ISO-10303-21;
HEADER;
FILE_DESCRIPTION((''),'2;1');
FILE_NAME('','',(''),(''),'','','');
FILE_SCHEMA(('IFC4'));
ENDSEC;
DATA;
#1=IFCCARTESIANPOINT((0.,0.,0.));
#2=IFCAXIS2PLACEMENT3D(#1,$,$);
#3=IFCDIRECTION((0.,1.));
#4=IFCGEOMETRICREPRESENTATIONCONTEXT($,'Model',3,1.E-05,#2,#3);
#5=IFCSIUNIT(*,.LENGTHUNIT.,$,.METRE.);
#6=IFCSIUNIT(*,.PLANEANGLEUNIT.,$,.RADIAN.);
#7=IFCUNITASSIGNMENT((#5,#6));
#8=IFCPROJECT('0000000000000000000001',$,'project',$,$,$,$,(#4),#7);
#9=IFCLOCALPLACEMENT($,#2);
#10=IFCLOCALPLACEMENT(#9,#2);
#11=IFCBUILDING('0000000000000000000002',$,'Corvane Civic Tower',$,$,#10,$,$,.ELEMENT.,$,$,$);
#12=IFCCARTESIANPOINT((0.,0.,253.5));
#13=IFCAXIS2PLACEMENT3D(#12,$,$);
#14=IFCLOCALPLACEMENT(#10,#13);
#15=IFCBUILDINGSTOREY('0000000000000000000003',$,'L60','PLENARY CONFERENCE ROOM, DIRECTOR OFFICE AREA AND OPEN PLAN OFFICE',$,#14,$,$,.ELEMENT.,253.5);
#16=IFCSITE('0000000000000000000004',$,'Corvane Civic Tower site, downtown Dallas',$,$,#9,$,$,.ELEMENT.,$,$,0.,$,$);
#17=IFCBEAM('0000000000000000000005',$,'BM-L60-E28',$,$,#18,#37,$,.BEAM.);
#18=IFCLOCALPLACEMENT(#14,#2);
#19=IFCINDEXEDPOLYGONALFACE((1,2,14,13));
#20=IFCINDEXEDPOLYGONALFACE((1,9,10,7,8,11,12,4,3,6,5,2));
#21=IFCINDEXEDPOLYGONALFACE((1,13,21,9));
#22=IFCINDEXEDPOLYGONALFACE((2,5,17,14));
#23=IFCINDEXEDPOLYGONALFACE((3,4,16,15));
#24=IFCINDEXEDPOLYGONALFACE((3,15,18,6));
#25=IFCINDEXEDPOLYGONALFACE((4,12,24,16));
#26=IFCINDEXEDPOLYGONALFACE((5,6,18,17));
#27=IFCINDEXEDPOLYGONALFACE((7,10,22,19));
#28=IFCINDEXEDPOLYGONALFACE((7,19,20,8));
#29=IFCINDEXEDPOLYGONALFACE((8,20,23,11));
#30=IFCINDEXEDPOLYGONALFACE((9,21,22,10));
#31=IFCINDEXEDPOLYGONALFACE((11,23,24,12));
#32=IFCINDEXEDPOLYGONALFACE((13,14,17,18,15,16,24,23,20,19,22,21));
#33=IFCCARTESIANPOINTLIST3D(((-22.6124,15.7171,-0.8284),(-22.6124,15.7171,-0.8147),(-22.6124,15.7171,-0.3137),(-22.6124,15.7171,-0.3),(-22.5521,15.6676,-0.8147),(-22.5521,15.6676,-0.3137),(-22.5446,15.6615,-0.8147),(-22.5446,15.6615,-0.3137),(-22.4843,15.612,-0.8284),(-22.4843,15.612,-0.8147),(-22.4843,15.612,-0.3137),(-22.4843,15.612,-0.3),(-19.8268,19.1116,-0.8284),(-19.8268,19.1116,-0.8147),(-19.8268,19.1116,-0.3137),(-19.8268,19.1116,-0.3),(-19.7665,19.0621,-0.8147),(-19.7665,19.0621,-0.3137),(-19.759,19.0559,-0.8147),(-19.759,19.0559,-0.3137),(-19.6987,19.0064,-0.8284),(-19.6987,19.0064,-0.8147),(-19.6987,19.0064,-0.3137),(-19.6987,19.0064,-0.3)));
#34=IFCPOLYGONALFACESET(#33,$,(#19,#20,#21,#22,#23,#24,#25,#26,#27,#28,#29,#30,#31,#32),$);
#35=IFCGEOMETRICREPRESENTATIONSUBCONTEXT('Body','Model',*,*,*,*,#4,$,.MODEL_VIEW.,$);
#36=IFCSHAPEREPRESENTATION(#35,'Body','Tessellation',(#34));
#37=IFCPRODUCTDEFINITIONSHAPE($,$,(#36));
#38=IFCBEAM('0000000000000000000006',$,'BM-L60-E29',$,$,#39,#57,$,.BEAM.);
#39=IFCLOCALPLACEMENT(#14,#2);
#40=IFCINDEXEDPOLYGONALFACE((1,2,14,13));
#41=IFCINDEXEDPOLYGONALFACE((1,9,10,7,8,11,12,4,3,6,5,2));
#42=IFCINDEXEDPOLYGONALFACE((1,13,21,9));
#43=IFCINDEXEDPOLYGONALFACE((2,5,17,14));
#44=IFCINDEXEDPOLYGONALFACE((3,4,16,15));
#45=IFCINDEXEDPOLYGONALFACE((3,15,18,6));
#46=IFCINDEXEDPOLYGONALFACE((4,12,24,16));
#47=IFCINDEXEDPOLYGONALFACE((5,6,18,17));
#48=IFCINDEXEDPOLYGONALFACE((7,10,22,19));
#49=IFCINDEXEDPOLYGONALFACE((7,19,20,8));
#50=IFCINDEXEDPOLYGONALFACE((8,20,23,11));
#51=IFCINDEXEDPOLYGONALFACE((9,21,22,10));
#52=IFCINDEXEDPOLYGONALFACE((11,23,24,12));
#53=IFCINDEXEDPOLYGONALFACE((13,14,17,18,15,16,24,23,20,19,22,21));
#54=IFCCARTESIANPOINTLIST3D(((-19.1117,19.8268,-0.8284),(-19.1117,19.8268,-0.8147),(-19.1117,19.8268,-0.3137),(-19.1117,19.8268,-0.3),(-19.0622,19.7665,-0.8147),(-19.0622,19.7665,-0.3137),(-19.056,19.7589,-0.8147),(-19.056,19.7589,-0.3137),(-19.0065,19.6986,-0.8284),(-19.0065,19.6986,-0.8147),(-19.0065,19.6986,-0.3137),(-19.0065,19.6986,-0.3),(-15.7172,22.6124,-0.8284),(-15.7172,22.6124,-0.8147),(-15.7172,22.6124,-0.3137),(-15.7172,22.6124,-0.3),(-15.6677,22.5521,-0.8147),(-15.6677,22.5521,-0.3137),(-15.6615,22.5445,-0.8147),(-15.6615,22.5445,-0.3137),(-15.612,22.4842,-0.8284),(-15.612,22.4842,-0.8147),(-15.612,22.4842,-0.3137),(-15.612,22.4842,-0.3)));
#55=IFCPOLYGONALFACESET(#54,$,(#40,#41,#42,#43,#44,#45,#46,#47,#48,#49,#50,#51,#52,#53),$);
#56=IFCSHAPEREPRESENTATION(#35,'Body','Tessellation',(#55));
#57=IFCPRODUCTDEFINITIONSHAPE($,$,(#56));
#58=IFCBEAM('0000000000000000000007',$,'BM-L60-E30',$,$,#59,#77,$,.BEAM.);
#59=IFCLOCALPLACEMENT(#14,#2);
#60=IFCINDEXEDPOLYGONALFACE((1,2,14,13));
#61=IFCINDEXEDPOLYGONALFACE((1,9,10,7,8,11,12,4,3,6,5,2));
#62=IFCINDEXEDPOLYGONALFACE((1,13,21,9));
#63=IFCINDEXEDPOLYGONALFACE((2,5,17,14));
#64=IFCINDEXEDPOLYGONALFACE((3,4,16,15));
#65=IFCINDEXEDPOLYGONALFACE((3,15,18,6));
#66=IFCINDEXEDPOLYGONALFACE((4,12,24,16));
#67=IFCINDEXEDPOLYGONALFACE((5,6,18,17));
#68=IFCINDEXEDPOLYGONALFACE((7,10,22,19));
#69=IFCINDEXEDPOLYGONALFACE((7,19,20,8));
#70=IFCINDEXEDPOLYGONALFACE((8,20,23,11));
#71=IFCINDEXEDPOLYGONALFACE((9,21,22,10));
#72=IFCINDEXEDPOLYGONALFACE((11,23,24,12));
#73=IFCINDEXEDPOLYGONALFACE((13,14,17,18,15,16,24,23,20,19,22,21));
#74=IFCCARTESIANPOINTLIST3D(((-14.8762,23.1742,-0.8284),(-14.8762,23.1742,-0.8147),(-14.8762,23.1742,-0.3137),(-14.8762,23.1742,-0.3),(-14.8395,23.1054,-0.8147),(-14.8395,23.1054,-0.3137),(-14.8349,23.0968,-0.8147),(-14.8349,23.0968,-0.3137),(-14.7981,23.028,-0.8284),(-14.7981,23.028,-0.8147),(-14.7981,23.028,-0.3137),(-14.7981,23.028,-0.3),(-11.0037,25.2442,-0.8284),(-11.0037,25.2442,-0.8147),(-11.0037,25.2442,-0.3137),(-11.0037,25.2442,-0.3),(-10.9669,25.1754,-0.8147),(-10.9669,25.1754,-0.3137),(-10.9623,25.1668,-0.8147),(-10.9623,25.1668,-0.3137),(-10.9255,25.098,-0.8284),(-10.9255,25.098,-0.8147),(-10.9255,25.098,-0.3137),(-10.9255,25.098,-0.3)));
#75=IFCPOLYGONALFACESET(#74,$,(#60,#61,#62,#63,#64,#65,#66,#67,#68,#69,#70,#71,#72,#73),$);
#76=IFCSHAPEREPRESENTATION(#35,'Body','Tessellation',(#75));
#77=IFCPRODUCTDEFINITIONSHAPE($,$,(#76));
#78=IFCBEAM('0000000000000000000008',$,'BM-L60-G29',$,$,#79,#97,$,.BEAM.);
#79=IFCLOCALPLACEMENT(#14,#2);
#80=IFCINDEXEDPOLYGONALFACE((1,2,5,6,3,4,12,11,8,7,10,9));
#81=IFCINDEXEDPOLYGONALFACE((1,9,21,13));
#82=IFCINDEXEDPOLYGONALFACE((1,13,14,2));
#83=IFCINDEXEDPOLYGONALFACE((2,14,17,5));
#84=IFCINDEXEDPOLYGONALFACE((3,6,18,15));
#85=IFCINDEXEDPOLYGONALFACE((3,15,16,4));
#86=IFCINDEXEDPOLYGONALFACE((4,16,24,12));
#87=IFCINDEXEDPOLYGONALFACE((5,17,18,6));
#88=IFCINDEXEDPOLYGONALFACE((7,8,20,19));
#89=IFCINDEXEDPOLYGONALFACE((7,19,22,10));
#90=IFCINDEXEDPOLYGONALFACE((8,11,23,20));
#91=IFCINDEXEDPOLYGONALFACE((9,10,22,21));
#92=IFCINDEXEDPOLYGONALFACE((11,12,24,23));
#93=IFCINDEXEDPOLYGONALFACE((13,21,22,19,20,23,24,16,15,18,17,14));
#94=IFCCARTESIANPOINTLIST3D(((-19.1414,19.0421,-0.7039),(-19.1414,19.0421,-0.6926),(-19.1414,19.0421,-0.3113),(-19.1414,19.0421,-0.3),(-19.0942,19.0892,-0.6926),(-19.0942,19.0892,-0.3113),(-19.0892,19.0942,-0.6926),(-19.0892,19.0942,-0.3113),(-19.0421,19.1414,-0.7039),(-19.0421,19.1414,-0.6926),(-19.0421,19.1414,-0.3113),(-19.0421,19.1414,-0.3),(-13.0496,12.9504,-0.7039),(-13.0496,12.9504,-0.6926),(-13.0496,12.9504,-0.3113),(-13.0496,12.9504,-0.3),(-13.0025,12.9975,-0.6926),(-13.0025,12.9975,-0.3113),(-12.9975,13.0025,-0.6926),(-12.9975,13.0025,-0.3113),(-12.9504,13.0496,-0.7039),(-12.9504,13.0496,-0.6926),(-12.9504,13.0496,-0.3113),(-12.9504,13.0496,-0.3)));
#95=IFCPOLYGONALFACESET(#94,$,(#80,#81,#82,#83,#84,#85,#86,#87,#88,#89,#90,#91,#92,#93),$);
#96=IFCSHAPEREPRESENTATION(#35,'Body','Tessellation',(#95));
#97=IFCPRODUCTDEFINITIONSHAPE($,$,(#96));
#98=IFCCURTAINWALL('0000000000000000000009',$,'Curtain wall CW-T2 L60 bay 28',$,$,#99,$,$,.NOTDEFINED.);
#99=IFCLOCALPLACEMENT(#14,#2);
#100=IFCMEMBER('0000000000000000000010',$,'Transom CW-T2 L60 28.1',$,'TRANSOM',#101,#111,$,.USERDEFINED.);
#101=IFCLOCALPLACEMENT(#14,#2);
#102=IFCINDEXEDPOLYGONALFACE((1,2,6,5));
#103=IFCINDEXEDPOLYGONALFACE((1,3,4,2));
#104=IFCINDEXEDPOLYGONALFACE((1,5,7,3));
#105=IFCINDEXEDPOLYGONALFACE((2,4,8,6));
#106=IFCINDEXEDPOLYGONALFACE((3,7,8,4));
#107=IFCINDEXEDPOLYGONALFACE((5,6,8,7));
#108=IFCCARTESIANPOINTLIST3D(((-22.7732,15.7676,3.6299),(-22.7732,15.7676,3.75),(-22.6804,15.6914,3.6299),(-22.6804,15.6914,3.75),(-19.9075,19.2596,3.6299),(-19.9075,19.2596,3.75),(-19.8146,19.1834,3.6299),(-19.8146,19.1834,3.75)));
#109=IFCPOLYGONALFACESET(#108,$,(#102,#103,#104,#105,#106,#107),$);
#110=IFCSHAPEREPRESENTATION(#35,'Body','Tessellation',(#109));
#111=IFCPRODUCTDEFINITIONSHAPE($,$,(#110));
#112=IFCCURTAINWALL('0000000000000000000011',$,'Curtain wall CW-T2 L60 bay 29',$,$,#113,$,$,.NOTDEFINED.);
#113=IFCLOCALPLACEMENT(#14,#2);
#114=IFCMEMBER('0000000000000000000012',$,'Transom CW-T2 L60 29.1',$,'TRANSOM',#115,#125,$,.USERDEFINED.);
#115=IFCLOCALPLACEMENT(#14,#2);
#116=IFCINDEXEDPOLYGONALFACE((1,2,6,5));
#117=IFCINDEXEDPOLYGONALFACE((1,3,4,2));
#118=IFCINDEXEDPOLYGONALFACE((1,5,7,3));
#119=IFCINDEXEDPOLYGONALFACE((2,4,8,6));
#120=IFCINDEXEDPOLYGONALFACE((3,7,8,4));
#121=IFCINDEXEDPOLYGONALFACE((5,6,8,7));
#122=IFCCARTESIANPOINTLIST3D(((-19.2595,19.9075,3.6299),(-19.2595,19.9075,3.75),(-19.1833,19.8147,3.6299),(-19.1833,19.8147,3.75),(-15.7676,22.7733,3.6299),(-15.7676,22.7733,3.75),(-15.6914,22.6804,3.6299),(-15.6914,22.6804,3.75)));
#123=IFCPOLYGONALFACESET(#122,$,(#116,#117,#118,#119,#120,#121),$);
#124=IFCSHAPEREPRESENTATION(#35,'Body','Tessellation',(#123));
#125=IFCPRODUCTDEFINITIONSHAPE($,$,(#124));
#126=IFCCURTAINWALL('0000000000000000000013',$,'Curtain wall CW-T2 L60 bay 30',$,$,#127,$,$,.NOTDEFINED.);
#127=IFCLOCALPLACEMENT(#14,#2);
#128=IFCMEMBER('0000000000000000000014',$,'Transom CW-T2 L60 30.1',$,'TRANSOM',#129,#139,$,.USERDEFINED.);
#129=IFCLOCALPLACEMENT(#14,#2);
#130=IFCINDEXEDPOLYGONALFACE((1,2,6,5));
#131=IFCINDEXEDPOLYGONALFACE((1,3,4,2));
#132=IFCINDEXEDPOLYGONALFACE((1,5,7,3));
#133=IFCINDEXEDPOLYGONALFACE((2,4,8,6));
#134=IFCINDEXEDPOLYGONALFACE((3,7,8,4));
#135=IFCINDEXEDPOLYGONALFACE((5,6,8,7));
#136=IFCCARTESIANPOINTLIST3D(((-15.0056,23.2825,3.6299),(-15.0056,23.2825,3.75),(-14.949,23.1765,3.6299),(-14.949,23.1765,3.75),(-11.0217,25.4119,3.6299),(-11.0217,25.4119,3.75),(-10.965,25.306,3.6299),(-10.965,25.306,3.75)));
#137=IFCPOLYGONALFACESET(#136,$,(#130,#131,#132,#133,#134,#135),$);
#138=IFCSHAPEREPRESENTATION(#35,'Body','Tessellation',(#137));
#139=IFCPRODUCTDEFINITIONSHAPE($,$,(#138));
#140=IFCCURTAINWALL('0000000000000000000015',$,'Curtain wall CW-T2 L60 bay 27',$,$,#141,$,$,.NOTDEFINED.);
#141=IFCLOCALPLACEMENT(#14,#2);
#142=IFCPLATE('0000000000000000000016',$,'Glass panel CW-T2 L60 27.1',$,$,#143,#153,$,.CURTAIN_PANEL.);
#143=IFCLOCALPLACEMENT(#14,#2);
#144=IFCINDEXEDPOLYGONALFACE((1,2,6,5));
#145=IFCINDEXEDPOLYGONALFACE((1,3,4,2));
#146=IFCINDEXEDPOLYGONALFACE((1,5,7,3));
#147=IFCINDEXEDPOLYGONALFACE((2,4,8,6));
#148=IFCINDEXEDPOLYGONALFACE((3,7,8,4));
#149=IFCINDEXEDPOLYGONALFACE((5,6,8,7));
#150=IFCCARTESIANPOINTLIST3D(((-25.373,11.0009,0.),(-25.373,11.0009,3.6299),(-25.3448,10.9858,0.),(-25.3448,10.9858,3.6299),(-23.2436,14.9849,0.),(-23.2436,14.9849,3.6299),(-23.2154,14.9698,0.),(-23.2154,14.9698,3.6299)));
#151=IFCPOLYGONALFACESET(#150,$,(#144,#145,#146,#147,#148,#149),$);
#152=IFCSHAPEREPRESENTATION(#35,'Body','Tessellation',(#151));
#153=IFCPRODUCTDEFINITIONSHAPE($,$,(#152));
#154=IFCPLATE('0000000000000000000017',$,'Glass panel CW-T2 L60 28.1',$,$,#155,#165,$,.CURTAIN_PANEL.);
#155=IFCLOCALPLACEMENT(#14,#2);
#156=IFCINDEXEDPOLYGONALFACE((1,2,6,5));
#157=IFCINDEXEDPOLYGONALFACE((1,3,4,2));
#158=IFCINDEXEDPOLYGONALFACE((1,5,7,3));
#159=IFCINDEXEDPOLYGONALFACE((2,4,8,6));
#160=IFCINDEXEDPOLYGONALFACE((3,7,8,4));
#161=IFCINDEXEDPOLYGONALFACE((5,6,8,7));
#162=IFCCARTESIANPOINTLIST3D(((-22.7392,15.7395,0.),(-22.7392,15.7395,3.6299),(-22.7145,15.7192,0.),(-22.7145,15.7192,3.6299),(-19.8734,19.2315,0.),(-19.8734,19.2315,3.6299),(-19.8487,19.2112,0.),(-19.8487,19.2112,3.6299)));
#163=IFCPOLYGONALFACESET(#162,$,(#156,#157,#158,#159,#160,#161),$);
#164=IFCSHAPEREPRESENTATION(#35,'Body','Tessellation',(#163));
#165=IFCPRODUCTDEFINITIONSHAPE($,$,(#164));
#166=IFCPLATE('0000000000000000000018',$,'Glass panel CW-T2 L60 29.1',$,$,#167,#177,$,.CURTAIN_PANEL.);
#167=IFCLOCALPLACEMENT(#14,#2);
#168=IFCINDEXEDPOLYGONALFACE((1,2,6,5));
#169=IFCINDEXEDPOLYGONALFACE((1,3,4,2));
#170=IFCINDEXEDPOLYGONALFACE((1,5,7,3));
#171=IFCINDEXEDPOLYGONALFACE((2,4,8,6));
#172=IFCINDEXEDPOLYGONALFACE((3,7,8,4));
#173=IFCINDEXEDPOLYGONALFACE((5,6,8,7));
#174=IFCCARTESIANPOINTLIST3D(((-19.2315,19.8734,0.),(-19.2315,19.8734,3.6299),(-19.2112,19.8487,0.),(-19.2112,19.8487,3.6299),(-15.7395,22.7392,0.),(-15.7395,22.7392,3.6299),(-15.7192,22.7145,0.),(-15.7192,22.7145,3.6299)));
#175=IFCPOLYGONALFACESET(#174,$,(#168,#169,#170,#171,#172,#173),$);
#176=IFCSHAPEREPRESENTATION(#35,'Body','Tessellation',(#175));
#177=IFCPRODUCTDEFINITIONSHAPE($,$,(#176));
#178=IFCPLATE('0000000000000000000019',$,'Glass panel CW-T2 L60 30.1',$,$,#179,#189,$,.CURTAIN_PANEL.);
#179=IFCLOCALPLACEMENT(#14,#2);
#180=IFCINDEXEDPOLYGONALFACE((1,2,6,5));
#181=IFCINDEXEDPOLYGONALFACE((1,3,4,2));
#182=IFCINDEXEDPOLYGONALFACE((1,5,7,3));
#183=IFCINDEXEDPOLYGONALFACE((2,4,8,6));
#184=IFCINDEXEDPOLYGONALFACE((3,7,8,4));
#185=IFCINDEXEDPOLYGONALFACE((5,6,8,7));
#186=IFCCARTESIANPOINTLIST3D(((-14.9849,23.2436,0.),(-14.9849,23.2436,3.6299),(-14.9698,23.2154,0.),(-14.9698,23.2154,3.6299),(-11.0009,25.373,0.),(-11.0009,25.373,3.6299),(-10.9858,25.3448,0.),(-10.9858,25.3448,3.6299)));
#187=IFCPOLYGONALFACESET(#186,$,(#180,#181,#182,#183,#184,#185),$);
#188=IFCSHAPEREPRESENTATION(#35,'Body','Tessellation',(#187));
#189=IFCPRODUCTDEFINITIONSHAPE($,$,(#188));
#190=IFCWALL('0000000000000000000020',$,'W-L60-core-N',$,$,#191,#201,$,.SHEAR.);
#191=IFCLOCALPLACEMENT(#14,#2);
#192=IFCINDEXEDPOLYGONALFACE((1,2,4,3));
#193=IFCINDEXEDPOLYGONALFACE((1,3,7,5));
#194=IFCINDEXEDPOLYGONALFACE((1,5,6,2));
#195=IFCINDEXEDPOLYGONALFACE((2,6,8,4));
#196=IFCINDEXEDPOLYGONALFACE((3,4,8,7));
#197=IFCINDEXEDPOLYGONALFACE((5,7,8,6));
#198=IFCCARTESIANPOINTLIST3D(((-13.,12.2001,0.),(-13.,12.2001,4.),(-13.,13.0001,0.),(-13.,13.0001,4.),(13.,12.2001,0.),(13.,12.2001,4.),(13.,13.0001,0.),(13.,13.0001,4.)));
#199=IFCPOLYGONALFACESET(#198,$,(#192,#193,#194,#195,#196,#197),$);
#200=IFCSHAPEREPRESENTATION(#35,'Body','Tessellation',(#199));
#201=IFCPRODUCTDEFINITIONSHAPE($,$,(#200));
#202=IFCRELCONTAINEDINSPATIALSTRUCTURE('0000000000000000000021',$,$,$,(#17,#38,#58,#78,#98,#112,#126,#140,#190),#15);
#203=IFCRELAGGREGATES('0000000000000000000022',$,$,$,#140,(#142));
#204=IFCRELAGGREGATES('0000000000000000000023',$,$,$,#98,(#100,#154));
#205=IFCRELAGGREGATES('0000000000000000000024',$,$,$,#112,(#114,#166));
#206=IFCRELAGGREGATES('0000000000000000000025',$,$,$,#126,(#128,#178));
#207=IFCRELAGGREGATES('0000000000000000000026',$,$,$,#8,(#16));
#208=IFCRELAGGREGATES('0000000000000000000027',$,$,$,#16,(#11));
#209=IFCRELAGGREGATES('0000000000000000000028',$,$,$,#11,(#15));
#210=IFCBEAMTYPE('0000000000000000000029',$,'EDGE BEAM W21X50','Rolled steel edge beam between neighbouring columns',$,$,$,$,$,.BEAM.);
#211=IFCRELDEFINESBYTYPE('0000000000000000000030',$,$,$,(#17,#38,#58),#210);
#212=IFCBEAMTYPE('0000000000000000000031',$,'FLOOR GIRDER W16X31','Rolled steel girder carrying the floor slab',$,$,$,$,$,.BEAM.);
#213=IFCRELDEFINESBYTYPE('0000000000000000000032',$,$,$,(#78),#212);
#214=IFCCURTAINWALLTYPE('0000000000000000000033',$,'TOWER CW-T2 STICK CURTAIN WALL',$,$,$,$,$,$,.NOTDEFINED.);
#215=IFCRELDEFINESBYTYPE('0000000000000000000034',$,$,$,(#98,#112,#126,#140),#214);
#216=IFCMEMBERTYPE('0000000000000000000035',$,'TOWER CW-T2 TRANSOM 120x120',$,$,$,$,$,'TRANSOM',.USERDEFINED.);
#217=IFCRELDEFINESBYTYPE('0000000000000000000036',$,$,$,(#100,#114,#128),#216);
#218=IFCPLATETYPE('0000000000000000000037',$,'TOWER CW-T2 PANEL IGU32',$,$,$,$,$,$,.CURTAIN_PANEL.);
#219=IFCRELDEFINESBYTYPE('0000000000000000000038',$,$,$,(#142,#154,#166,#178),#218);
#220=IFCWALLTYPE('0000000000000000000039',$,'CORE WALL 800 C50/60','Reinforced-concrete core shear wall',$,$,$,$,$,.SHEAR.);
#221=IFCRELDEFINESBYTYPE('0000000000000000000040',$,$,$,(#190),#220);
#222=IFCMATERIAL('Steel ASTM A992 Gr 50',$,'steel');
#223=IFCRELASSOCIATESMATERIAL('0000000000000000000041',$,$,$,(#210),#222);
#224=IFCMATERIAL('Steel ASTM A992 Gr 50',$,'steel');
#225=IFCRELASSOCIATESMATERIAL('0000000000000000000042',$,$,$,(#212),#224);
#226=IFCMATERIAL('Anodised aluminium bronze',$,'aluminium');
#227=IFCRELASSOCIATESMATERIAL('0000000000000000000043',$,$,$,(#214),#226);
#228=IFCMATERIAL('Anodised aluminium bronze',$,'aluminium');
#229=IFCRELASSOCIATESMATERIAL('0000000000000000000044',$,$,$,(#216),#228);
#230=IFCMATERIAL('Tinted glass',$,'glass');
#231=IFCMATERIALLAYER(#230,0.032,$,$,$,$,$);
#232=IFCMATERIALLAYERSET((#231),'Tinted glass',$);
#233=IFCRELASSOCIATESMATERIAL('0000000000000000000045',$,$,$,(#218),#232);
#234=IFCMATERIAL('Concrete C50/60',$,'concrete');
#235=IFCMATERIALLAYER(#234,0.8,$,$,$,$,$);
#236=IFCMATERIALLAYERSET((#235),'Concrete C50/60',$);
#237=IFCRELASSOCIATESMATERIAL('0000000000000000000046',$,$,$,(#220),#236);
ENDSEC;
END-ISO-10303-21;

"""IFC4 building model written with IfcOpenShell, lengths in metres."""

from ifc_helpers import new_model, si_unit, direction, frame, frame_2d, origin, origin_2d, place, context, subcontext, project, spatial, rectangle, i_section, extrude, material, layer, layer_set, material_profile, profile_set, type_object, element, aggregate, save


model = new_model("IFC4")

# Units and contexts
model_context = context("Model", 3, precision=1e-05, world=origin(), true_north=direction((0.0, 1.0)))
body_context = subcontext(model_context, "Body", "Model", "MODEL_VIEW")
ifc_project = project(units=[si_unit("LENGTHUNIT", "METRE"), si_unit("PLANEANGLEUNIT", "RADIAN")], contexts=[model_context])

# Site, building, storey
site_placement = place(None, origin())
site = spatial("IfcSite", under=ifc_project, at=site_placement, Name="Corvane Civic Tower site, downtown Dallas", CompositionType="ELEMENT", RefElevation=0.0)
building_placement = place(site_placement, origin())
building = spatial("IfcBuilding", under=site, at=building_placement, Name="Corvane Civic Tower", CompositionType="ELEMENT")
storey_placement = place(building_placement, frame((0.0, 0.0, 253.5)))
storey = spatial("IfcBuildingStorey", under=building, at=storey_placement, Name="L60", Description="PLENARY CONFERENCE ROOM, DIRECTOR OFFICE AREA AND OPEN PLAN OFFICE", CompositionType="ELEMENT", Elevation=253.5)

# Beams
ifc_material_1 = material(Name="Steel ASTM A992 Gr 50", Category="steel")
ifc_material_profile_1 = material_profile(ifc_material_1, i_section(OverallWidth=0.1658, OverallDepth=0.5283, WebThickness=0.0098, FlangeThickness=0.0137, at=origin_2d()), Name="W21X50")
ifc_profile_set_1 = profile_set([ifc_material_profile_1], Name="Steel ASTM A992 Gr 50")
beam_type_1 = type_object("IfcBeamType", Name="EDGE BEAM W21X50", Description="Rolled steel edge beam between neighbouring columns", PredefinedType="BEAM", material=ifc_profile_set_1)
for number, where, z_axis, x_axis, name in (
    (1, (-22.5483, 15.6646, -0.5642), (0.634369, 0.77303, 0.0), (-0.77303, 0.634369, 0.0), "BM-L60-E28"),
    (2, (-19.0591, 19.7627, -0.5642), (0.77303, 0.634369, 0.0), (-0.634369, 0.77303, 0.0), "BM-L60-E29"),
    (3, (-14.8372, 23.1011, -0.5642), (0.881908, 0.471422, 0.0), (-0.471422, 0.881908, 0.0), "BM-L60-E30"),
):
    element("IfcBeam", number, at=place(storey_placement, frame(where, z_axis=z_axis, x_axis=x_axis)), inside=storey, type_object=beam_type_1, Name=name, PredefinedType="BEAM", context=body_context, shape_type="SweptSolid", body=[
        extrude(i_section(OverallWidth=0.1658, OverallDepth=0.5283, WebThickness=0.0098, FlangeThickness=0.0137, at=origin_2d()), origin(), (0.0, 0.0, 1.0), 4.3911),
    ])
ifc_material_2 = material(Name="Steel ASTM A992 Gr 50", Category="steel")
ifc_material_profile_2 = material_profile(ifc_material_2, i_section(OverallWidth=0.1404, OverallDepth=0.4038, WebThickness=0.0071, FlangeThickness=0.0112, at=origin_2d()), Name="W16X31")
ifc_profile_set_2 = profile_set([ifc_material_profile_2], Name="Steel ASTM A992 Gr 50")
beam_type_2 = type_object("IfcBeamType", Name="FLOOR GIRDER W16X31", Description="Rolled steel girder carrying the floor slab", PredefinedType="BEAM", material=ifc_profile_set_2)
beam_placement = place(storey_placement, frame((-13.0, 13.0, -0.502), z_axis=(-0.707107, 0.707107, 0.0), x_axis=(-0.707107, -0.707107, 0.0)))
element("IfcBeam", 4, at=beam_placement, inside=storey, type_object=beam_type_2, Name="BM-L60-G29", PredefinedType="BEAM", context=body_context, shape_type="SweptSolid", body=[
    extrude(i_section(OverallWidth=0.1404, OverallDepth=0.4038, WebThickness=0.0071, FlangeThickness=0.0112, at=origin_2d()), origin(), (0.0, 0.0, 1.0), 8.615),
])

# Curtain walls, members
ifc_material_3 = material(Name="Anodised aluminium bronze", Category="aluminium")
curtain_wall_type = type_object("IfcCurtainWallType", Name="TOWER CW-T2 STICK CURTAIN WALL", PredefinedType="NOTDEFINED", material=ifc_material_3)
curtain_wall_1_placement = place(storey_placement, origin())
curtain_wall_1 = element("IfcCurtainWall", 5, at=curtain_wall_1_placement, inside=storey, type_object=curtain_wall_type, Name="Curtain wall CW-T2 L60 bay 28", PredefinedType="NOTDEFINED")
ifc_material_4 = material(Name="Anodised aluminium bronze", Category="aluminium")
ifc_material_profile_3 = material_profile(ifc_material_4, rectangle(XDim=0.1201, YDim=0.1201, at=origin_2d()), Name="TOWER CW-T2 TRANSOM 120x120")
ifc_profile_set_3 = profile_set([ifc_material_profile_3], Name="Anodised aluminium bronze")
member_type = type_object("IfcMemberType", Name="TOWER CW-T2 TRANSOM 120x120", ElementType="TRANSOM", PredefinedType="USERDEFINED", material=ifc_profile_set_3)
member_1_placement = place(storey_placement, frame((-22.7268, 15.7295, 3.6899), z_axis=(0.634388, 0.773015, 0.0), x_axis=(-0.773015, 0.634388, 0.0)))
member_1 = element("IfcMember", 6, at=member_1_placement, type_object=member_type, Name="Transom CW-T2 L60 28.1", ObjectType="TRANSOM", PredefinedType="USERDEFINED", context=body_context, shape_type="SweptSolid", body=[
    extrude(rectangle(XDim=0.1201, YDim=0.1201, at=origin_2d()), origin(), (0.0, 0.0, 1.0), 4.5173),
])
curtain_wall_2_placement = place(storey_placement, origin())
curtain_wall_2 = element("IfcCurtainWall", 7, at=curtain_wall_2_placement, inside=storey, type_object=curtain_wall_type, Name="Curtain wall CW-T2 L60 bay 29", PredefinedType="NOTDEFINED")
member_2_placement = place(storey_placement, frame((-19.2214, 19.8611, 3.6899), z_axis=(0.773015, 0.634388, 0.0), x_axis=(-0.634388, 0.773015, 0.0)))
member_2 = element("IfcMember", 8, at=member_2_placement, type_object=member_type, Name="Transom CW-T2 L60 29.1", ObjectType="TRANSOM", PredefinedType="USERDEFINED", context=body_context, shape_type="SweptSolid", body=[
    extrude(rectangle(XDim=0.1201, YDim=0.1201, at=origin_2d()), origin(), (0.0, 0.0, 1.0), 4.5173),
])
curtain_wall_3_placement = place(storey_placement, origin())
curtain_wall_3 = element("IfcCurtainWall", 9, at=curtain_wall_3_placement, inside=storey, type_object=curtain_wall_type, Name="Curtain wall CW-T2 L60 bay 30", PredefinedType="NOTDEFINED")
member_3_placement = place(storey_placement, frame((-14.9773, 23.2295, 3.6899), z_axis=(0.881925, 0.47139, 0.0), x_axis=(-0.47139, 0.881925, 0.0)))
member_3 = element("IfcMember", 10, at=member_3_placement, type_object=member_type, Name="Transom CW-T2 L60 30.1", ObjectType="TRANSOM", PredefinedType="USERDEFINED", context=body_context, shape_type="SweptSolid", body=[
    extrude(rectangle(XDim=0.1201, YDim=0.1201, at=origin_2d()), origin(), (0.0, 0.0, 1.0), 4.5173),
])

# Curtain wall, plate
curtain_wall_4_placement = place(storey_placement, origin())
curtain_wall_4 = element("IfcCurtainWall", 11, at=curtain_wall_4_placement, inside=storey, type_object=curtain_wall_type, Name="Curtain wall CW-T2 L60 bay 27", PredefinedType="NOTDEFINED")
ifc_material_5 = material(Name="Tinted glass", Category="glass")
ifc_layer_1 = layer(ifc_material_5, 0.032)
ifc_layer_set_1 = layer_set([ifc_layer_1], Name="Tinted glass")
plate_type = type_object("IfcPlateType", Name="TOWER CW-T2 PANEL IGU32", PredefinedType="CURTAIN_PANEL", material=ifc_layer_set_1)
plate_1_placement = place(storey_placement, frame((-24.2942, 12.9854, 0.0), z_axis=(0.0, 0.0, 1.0), x_axis=(0.471398, 0.88192, 0.0)))
plate_1 = element("IfcPlate", 12, at=plate_1_placement, type_object=plate_type, Name="Glass panel CW-T2 L60 27.1", PredefinedType="CURTAIN_PANEL", context=body_context, shape_type="SweptSolid", body=[
    extrude(rectangle(XDim=4.5173, YDim=0.032, at=origin_2d()), origin(), (0.0, 0.0, 1.0), 3.6299),
])
aggregate(curtain_wall_4, [plate_1])

# Plates
plate_2_placement = place(storey_placement, frame((-21.2939, 17.4753, 0.0), z_axis=(0.0, 0.0, 1.0), x_axis=(0.634391, 0.773012, 0.0)))
plate_2 = element("IfcPlate", 13, at=plate_2_placement, type_object=plate_type, Name="Glass panel CW-T2 L60 28.1", PredefinedType="CURTAIN_PANEL", context=body_context, shape_type="SweptSolid", body=[
    extrude(rectangle(XDim=4.5173, YDim=0.032, at=origin_2d()), origin(), (0.0, 0.0, 1.0), 3.6299),
])
aggregate(curtain_wall_1, [member_1, plate_2])
plate_3_placement = place(storey_placement, frame((-17.4753, 21.2939, 0.0), z_axis=(0.0, 0.0, 1.0), x_axis=(0.773012, 0.634391, 0.0)))
plate_3 = element("IfcPlate", 14, at=plate_3_placement, type_object=plate_type, Name="Glass panel CW-T2 L60 29.1", PredefinedType="CURTAIN_PANEL", context=body_context, shape_type="SweptSolid", body=[
    extrude(rectangle(XDim=4.5173, YDim=0.032, at=origin_2d()), origin(), (0.0, 0.0, 1.0), 3.6299),
])
aggregate(curtain_wall_2, [member_2, plate_3])
plate_4_placement = place(storey_placement, frame((-12.9854, 24.2942, 0.0), z_axis=(0.0, 0.0, 1.0), x_axis=(0.88192, 0.471398, 0.0)))
plate_4 = element("IfcPlate", 15, at=plate_4_placement, type_object=plate_type, Name="Glass panel CW-T2 L60 30.1", PredefinedType="CURTAIN_PANEL", context=body_context, shape_type="SweptSolid", body=[
    extrude(rectangle(XDim=4.5173, YDim=0.032, at=origin_2d()), origin(), (0.0, 0.0, 1.0), 3.6299),
])
aggregate(curtain_wall_3, [member_3, plate_4])

# Wall
ifc_material_6 = material(Name="Concrete C50/60", Category="concrete")
ifc_layer_2 = layer(ifc_material_6, 0.8)
ifc_layer_set_2 = layer_set([ifc_layer_2], Name="Concrete C50/60")
wall_type_1 = type_object("IfcWallType", Name="CORE WALL 800 C50/60", Description="Reinforced-concrete core shear wall", PredefinedType="SHEAR", material=ifc_layer_set_2)
wall_1_placement = place(storey_placement, frame((-13.0, 12.6001, 0.0), z_axis=(0.0, 0.0, 1.0), x_axis=(1.0, 0.0, 0.0)))
element("IfcWall", 16, at=wall_1_placement, inside=storey, type_object=wall_type_1, Name="W-L60-core-N", PredefinedType="SHEAR", context=body_context, shape_type="SweptSolid", body=[
    extrude(rectangle(XDim=26.0, YDim=0.8, at=frame_2d((13.0, 0.0))), origin(), (0.0, 0.0, 1.0), 4.0),
])

save(model, "model.ifc")
